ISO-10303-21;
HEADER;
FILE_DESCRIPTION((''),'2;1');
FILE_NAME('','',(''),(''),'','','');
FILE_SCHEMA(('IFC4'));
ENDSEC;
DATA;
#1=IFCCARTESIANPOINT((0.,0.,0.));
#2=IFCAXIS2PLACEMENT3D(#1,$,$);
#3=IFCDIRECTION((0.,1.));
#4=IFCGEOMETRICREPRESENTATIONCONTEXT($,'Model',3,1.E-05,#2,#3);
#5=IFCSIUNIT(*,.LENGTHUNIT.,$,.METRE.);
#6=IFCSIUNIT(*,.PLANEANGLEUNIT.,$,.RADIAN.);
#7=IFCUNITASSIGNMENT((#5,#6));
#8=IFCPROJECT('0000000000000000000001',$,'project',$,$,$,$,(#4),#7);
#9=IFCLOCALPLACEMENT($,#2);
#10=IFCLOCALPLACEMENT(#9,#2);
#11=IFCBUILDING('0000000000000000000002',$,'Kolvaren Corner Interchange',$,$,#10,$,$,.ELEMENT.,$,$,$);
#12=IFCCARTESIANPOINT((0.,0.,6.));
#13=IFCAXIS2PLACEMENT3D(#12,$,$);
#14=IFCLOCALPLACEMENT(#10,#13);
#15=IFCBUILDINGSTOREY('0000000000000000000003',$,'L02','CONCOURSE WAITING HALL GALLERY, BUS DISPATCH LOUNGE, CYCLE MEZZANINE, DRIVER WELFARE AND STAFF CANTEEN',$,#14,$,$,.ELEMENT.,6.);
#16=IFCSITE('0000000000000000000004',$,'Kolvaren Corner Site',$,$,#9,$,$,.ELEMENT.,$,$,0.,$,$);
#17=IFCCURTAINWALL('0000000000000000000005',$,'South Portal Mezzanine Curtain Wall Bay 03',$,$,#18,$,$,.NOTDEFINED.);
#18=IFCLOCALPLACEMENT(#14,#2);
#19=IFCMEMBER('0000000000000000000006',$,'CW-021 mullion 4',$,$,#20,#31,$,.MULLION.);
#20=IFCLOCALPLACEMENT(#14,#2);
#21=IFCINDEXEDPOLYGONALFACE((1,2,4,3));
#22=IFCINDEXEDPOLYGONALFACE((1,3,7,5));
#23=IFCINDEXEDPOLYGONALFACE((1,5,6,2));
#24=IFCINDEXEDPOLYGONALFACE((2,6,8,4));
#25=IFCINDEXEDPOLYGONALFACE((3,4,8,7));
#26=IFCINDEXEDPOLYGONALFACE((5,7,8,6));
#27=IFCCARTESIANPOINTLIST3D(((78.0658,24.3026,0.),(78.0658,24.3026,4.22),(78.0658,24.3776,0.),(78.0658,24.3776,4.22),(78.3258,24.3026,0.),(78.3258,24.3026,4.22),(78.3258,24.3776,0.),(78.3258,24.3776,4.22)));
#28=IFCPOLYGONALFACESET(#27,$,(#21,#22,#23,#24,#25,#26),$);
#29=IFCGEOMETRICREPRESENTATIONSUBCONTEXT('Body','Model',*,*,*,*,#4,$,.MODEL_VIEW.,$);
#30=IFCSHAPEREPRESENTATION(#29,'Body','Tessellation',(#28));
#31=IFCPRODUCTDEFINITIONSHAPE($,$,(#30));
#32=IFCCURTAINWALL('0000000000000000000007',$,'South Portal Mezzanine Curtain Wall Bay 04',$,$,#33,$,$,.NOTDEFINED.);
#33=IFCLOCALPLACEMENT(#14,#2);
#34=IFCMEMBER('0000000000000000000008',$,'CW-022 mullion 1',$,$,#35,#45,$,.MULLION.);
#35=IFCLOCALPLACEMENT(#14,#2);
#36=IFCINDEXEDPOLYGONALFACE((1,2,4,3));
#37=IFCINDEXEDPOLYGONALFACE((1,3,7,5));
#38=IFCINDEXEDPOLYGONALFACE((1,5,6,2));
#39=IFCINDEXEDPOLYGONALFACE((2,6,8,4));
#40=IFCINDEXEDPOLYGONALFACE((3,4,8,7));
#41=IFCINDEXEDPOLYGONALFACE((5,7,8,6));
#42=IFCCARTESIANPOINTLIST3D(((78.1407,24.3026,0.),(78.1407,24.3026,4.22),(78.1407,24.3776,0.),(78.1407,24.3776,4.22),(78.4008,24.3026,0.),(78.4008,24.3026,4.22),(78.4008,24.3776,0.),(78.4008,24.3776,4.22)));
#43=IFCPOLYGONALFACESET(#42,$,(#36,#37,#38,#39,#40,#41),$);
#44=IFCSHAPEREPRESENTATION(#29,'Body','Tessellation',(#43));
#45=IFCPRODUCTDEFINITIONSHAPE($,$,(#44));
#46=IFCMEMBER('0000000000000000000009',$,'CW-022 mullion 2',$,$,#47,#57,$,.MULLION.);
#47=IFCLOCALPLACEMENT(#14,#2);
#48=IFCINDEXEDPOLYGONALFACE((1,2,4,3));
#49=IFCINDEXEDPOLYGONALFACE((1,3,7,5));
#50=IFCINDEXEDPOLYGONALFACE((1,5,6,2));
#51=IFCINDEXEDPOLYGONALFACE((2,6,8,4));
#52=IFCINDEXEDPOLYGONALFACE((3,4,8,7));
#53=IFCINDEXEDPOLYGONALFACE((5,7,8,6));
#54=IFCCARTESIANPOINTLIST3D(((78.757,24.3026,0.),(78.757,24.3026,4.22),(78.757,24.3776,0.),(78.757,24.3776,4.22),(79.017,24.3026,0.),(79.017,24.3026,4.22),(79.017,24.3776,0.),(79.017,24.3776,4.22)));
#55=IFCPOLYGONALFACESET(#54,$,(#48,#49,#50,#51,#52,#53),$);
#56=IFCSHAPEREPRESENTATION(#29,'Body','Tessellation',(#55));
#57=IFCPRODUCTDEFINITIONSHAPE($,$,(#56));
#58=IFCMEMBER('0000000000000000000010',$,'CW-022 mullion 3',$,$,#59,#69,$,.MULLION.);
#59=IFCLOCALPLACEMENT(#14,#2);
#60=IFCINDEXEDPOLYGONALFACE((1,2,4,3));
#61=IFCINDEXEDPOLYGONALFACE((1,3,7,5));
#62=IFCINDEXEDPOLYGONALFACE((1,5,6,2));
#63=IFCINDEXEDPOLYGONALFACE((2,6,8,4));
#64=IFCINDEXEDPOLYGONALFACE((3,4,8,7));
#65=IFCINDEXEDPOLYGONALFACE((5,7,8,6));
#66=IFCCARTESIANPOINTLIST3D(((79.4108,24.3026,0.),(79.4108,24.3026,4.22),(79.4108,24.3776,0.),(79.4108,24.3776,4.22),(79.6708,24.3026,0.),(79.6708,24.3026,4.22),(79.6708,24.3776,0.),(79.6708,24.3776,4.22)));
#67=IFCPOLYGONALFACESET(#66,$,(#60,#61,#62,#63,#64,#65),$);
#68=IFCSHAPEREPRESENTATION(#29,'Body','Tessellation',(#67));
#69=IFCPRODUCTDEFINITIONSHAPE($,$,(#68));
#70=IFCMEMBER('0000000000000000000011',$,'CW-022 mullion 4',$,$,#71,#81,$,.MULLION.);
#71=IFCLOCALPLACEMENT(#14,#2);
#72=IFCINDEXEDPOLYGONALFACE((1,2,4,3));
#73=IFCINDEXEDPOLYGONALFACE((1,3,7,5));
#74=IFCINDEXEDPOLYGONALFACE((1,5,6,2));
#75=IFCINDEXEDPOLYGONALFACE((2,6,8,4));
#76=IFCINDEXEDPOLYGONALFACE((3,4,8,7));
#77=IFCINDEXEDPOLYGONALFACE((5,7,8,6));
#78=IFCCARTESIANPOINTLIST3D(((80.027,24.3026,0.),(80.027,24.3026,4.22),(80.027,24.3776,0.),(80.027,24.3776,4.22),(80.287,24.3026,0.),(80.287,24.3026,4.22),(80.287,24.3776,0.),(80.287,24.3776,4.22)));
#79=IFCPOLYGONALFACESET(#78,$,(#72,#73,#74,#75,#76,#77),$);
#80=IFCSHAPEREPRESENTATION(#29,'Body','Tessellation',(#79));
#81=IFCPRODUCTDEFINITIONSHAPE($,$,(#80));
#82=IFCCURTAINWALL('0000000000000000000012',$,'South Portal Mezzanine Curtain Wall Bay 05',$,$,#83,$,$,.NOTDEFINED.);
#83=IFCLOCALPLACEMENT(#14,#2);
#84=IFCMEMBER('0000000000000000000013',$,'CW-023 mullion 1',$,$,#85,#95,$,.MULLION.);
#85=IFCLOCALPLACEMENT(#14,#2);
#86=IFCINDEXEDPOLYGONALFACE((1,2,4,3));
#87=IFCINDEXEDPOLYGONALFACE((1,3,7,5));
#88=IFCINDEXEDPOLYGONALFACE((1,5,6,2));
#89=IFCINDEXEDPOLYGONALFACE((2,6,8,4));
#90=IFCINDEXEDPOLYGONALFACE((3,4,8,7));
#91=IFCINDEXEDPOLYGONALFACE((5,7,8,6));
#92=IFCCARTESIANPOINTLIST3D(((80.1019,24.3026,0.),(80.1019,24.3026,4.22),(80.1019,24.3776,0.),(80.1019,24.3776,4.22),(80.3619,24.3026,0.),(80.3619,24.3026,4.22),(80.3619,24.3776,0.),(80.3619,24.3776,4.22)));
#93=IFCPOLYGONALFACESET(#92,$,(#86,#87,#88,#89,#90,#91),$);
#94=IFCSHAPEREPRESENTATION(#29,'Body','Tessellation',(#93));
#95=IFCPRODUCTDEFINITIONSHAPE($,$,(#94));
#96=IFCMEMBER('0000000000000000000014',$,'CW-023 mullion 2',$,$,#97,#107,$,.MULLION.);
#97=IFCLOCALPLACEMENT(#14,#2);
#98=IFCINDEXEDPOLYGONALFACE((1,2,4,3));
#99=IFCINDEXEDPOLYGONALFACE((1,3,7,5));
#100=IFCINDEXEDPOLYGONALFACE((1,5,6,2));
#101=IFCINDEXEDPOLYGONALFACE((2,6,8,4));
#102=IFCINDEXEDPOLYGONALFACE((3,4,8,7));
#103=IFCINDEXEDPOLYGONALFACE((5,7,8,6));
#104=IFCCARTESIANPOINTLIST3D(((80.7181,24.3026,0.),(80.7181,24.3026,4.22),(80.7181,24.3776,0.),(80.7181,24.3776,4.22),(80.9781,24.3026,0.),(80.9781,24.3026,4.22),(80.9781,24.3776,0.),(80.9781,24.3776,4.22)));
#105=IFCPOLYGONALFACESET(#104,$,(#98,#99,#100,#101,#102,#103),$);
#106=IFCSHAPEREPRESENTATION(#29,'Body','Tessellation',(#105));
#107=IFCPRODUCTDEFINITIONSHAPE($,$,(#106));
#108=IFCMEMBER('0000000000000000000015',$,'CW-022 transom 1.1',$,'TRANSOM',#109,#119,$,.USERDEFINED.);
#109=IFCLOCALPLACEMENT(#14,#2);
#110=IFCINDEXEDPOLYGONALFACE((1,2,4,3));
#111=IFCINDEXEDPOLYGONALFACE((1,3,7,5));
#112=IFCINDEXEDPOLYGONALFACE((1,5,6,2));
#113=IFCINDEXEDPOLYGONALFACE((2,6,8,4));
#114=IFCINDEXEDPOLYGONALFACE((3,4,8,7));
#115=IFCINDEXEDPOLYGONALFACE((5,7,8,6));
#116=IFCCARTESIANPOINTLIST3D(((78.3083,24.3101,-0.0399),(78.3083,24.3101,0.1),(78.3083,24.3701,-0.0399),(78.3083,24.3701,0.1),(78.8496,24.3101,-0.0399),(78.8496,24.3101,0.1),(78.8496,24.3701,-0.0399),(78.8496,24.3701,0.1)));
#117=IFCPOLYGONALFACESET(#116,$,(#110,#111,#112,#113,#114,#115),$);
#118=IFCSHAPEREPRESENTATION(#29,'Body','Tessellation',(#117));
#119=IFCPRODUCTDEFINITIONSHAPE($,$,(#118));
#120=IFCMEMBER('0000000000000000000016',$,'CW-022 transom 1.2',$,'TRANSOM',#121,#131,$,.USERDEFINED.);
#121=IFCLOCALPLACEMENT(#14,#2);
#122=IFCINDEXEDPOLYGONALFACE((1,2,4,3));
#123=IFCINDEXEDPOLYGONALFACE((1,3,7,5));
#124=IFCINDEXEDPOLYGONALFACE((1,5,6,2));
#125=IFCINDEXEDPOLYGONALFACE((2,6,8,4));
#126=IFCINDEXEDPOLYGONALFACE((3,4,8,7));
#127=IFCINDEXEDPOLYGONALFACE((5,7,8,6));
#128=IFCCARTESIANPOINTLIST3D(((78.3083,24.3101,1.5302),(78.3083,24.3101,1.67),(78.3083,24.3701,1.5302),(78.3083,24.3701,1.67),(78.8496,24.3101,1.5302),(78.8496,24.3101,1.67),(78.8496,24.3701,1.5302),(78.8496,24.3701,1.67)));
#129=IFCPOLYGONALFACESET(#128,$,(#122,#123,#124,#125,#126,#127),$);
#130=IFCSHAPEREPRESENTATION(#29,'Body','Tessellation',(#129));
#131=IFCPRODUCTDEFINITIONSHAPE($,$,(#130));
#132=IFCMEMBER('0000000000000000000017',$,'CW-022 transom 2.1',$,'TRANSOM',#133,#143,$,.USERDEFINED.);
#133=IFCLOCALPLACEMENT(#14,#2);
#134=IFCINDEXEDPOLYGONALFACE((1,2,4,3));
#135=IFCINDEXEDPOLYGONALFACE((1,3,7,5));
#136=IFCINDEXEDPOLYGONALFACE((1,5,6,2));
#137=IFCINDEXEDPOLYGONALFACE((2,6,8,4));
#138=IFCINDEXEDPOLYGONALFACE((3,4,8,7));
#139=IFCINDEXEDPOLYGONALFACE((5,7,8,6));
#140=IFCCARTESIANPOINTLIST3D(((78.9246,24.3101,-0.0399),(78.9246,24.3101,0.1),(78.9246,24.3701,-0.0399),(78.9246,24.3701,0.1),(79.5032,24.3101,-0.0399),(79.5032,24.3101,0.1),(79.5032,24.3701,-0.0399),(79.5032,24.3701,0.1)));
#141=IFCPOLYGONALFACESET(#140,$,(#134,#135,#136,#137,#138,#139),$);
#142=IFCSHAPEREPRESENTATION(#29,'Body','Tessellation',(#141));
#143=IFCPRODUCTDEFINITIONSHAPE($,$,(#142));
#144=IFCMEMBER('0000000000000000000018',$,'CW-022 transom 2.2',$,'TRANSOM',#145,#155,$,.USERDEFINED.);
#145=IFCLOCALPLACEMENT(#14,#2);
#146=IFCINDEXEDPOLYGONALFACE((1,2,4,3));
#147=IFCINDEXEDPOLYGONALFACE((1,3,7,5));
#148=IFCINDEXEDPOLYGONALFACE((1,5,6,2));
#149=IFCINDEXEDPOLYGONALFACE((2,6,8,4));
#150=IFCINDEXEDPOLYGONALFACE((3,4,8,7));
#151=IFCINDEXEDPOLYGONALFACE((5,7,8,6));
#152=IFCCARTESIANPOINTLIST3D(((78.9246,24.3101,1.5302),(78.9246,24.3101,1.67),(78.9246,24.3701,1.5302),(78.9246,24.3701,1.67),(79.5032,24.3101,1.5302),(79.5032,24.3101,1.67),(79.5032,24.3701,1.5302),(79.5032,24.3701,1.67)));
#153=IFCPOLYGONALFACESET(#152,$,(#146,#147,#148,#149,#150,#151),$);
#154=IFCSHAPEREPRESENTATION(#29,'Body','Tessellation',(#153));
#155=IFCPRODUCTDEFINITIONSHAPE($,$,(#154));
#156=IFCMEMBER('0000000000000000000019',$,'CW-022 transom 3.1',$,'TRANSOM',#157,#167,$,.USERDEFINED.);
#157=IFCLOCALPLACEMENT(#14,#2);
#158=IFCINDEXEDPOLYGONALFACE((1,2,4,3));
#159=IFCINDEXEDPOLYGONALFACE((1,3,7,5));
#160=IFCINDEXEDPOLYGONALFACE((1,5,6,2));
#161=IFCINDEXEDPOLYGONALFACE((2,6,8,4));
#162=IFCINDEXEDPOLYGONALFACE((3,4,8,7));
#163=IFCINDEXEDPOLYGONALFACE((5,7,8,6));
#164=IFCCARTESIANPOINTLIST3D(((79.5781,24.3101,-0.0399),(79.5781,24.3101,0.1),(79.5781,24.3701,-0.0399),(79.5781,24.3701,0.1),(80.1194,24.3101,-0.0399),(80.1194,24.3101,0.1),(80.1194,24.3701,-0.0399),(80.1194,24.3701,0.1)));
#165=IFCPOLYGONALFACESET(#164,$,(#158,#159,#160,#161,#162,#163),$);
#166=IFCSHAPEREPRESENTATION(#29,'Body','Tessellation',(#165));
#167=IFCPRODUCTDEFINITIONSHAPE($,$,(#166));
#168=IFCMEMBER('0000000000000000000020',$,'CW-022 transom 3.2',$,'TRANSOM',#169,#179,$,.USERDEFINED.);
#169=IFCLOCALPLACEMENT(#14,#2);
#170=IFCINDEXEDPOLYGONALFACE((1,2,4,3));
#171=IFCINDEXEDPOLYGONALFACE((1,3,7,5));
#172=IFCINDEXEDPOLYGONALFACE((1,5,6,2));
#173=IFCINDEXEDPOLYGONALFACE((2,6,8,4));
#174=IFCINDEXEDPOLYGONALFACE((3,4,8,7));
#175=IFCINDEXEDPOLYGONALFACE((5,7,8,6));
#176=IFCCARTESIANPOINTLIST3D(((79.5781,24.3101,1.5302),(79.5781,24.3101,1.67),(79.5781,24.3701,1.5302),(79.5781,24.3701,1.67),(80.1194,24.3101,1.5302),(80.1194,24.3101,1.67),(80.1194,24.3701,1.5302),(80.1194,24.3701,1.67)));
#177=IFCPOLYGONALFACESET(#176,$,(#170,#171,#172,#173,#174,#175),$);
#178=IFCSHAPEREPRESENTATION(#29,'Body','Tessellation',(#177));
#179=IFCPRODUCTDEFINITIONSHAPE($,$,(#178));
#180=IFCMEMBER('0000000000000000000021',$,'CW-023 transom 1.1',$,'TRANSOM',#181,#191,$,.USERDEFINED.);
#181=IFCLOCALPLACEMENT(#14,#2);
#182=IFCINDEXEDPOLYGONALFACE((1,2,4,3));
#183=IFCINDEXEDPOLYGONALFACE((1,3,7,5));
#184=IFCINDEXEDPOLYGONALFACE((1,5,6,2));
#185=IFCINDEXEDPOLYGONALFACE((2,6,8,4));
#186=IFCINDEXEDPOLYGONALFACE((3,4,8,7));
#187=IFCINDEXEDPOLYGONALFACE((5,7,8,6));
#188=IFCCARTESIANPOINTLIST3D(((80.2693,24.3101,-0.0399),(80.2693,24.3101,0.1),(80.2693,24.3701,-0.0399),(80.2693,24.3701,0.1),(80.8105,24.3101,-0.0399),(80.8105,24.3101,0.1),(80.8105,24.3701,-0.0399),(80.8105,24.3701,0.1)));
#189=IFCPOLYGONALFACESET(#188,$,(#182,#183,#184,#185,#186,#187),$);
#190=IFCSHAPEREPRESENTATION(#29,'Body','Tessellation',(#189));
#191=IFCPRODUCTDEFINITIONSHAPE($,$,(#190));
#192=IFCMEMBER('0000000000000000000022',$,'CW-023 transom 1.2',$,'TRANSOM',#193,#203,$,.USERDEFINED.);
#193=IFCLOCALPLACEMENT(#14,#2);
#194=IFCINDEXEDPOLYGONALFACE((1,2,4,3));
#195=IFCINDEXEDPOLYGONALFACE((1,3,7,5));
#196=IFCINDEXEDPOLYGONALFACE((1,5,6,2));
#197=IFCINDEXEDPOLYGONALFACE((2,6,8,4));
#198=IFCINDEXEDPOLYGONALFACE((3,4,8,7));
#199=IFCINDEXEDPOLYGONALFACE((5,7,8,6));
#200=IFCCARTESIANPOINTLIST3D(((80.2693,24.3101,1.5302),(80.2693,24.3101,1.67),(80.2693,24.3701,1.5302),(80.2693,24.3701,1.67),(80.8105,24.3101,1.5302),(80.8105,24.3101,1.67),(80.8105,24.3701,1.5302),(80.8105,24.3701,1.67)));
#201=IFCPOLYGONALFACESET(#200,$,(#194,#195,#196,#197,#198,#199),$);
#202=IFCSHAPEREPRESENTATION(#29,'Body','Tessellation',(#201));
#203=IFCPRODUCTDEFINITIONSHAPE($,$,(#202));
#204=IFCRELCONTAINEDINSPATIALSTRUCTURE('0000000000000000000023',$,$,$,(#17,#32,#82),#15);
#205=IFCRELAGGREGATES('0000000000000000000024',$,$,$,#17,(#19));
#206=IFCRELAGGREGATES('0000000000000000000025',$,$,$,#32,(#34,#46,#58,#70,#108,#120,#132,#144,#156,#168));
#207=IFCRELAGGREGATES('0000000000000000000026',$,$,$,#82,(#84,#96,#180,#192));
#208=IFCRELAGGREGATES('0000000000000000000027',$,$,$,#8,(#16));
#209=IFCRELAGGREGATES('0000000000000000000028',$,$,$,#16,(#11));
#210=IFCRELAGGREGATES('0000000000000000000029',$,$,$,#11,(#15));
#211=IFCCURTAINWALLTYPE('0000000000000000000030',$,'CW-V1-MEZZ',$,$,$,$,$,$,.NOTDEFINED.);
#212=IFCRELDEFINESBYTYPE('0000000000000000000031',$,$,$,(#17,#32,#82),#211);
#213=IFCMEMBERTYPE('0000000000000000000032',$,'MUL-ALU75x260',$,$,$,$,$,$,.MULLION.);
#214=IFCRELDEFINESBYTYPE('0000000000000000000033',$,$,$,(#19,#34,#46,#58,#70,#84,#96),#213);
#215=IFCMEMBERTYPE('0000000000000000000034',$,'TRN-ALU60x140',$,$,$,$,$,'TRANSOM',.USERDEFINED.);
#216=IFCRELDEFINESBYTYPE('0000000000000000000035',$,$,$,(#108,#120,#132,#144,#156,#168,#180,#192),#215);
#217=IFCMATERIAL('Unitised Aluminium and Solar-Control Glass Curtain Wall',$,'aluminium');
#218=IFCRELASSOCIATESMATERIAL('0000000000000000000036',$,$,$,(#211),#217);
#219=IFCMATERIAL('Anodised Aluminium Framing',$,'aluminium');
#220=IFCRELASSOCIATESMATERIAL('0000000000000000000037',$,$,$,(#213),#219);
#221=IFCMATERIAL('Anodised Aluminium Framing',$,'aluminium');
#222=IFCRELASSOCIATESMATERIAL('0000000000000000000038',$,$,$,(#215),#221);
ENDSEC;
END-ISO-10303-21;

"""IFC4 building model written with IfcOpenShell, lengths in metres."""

from ifc_helpers import new_model, si_unit, direction, frame, origin, origin_2d, place, context, subcontext, project, spatial, rectangle, extrude, material, material_profile, profile_set, type_object, element, aggregate, save


model = new_model("IFC4")

# Units and contexts
model_context = context("Model", 3, precision=1e-05, world=origin(), true_north=direction((0.0, 1.0)))
body_context = subcontext(model_context, "Body", "Model", "MODEL_VIEW")
ifc_project = project(units=[si_unit("LENGTHUNIT", "METRE"), si_unit("PLANEANGLEUNIT", "RADIAN")], contexts=[model_context])

# Site, building, storey
site_placement = place(None, origin())
site = spatial("IfcSite", under=ifc_project, at=site_placement, Name="Kolvaren Corner Site", CompositionType="ELEMENT", RefElevation=0.0)
building_placement = place(site_placement, origin())
building = spatial("IfcBuilding", under=site, at=building_placement, Name="Kolvaren Corner Interchange", CompositionType="ELEMENT")
storey_placement = place(building_placement, frame((0.0, 0.0, 6.0)))
storey = spatial("IfcBuildingStorey", under=building, at=storey_placement, Name="L02", Description="CONCOURSE WAITING HALL GALLERY, BUS DISPATCH LOUNGE, CYCLE MEZZANINE, DRIVER WELFARE AND STAFF CANTEEN", CompositionType="ELEMENT", Elevation=6.0)

# Curtain wall, member
ifc_material_1 = material(Name="Unitised Aluminium and Solar-Control Glass Curtain Wall", Category="aluminium")
curtain_wall_type = type_object("IfcCurtainWallType", Name="CW-V1-MEZZ", PredefinedType="NOTDEFINED", material=ifc_material_1)
curtain_wall_1_placement = place(storey_placement, origin())
curtain_wall_1 = element("IfcCurtainWall", 1, at=curtain_wall_1_placement, inside=storey, type_object=curtain_wall_type, Name="South Portal Mezzanine Curtain Wall Bay 03", PredefinedType="NOTDEFINED")
ifc_material_2 = material(Name="Anodised Aluminium Framing", Category="aluminium")
ifc_material_profile_1 = material_profile(ifc_material_2, rectangle(XDim=0.075, YDim=0.26, at=origin_2d()), Name="ALU 75x260")
ifc_profile_set_1 = profile_set([ifc_material_profile_1], Name="Anodised Aluminium Framing")
member_type_1 = type_object("IfcMemberType", Name="MUL-ALU75x260", PredefinedType="MULLION", material=ifc_profile_set_1)
member_1_placement = place(storey_placement, frame((78.1958, 24.3401, 0.0), z_axis=(0.0, 0.0, 1.0), x_axis=(0.0, 1.0, 0.0)))
member_1 = element("IfcMember", 2, at=member_1_placement, type_object=member_type_1, Name="CW-021 mullion 4", PredefinedType="MULLION", context=body_context, shape_type="SweptSolid", body=[
    extrude(rectangle(XDim=0.075, YDim=0.26, at=origin_2d()), origin(), (0.0, 0.0, 1.0), 4.22),
])

# Curtain walls, members
curtain_wall_2_placement = place(storey_placement, origin())
curtain_wall_2 = element("IfcCurtainWall", 3, at=curtain_wall_2_placement, inside=storey, type_object=curtain_wall_type, Name="South Portal Mezzanine Curtain Wall Bay 04", PredefinedType="NOTDEFINED")
member_2_placement = place(storey_placement, frame((78.2708, 24.3401, 0.0), z_axis=(0.0, 0.0, 1.0), x_axis=(0.0, 1.0, 0.0)))
member_2 = element("IfcMember", 4, at=member_2_placement, type_object=member_type_1, Name="CW-022 mullion 1", PredefinedType="MULLION", context=body_context, shape_type="SweptSolid", body=[
    extrude(rectangle(XDim=0.075, YDim=0.26, at=origin_2d()), origin(), (0.0, 0.0, 1.0), 4.22),
])
member_3_placement = place(storey_placement, frame((78.887, 24.3401, 0.0), z_axis=(0.0, 0.0, 1.0), x_axis=(0.0, 1.0, 0.0)))
member_3 = element("IfcMember", 5, at=member_3_placement, type_object=member_type_1, Name="CW-022 mullion 2", PredefinedType="MULLION", context=body_context, shape_type="SweptSolid", body=[
    extrude(rectangle(XDim=0.075, YDim=0.26, at=origin_2d()), origin(), (0.0, 0.0, 1.0), 4.22),
])
member_4_placement = place(storey_placement, frame((79.5408, 24.3401, 0.0), z_axis=(0.0, 0.0, 1.0), x_axis=(0.0, 1.0, 0.0)))
member_4 = element("IfcMember", 6, at=member_4_placement, type_object=member_type_1, Name="CW-022 mullion 3", PredefinedType="MULLION", context=body_context, shape_type="SweptSolid", body=[
    extrude(rectangle(XDim=0.075, YDim=0.26, at=origin_2d()), origin(), (0.0, 0.0, 1.0), 4.22),
])
member_5_placement = place(storey_placement, frame((80.157, 24.3401, 0.0), z_axis=(0.0, 0.0, 1.0), x_axis=(0.0, 1.0, 0.0)))
member_5 = element("IfcMember", 7, at=member_5_placement, type_object=member_type_1, Name="CW-022 mullion 4", PredefinedType="MULLION", context=body_context, shape_type="SweptSolid", body=[
    extrude(rectangle(XDim=0.075, YDim=0.26, at=origin_2d()), origin(), (0.0, 0.0, 1.0), 4.22),
])
curtain_wall_3_placement = place(storey_placement, origin())
curtain_wall_3 = element("IfcCurtainWall", 8, at=curtain_wall_3_placement, inside=storey, type_object=curtain_wall_type, Name="South Portal Mezzanine Curtain Wall Bay 05", PredefinedType="NOTDEFINED")
member_6_placement = place(storey_placement, frame((80.2319, 24.3401, 0.0), z_axis=(0.0, 0.0, 1.0), x_axis=(0.0, 1.0, 0.0)))
member_6 = element("IfcMember", 9, at=member_6_placement, type_object=member_type_1, Name="CW-023 mullion 1", PredefinedType="MULLION", context=body_context, shape_type="SweptSolid", body=[
    extrude(rectangle(XDim=0.075, YDim=0.26, at=origin_2d()), origin(), (0.0, 0.0, 1.0), 4.22),
])
member_7_placement = place(storey_placement, frame((80.8481, 24.3401, 0.0), z_axis=(0.0, 0.0, 1.0), x_axis=(0.0, 1.0, 0.0)))
member_7 = element("IfcMember", 10, at=member_7_placement, type_object=member_type_1, Name="CW-023 mullion 2", PredefinedType="MULLION", context=body_context, shape_type="SweptSolid", body=[
    extrude(rectangle(XDim=0.075, YDim=0.26, at=origin_2d()), origin(), (0.0, 0.0, 1.0), 4.22),
])

# Members
ifc_material_3 = material(Name="Anodised Aluminium Framing", Category="aluminium")
ifc_material_profile_2 = material_profile(ifc_material_3, rectangle(XDim=0.0601, YDim=0.1399, at=origin_2d()), Name="ALU 60x140")
ifc_profile_set_2 = profile_set([ifc_material_profile_2], Name="Anodised Aluminium Framing")
member_type_2 = type_object("IfcMemberType", Name="TRN-ALU60x140", ElementType="TRANSOM", PredefinedType="USERDEFINED", material=ifc_profile_set_2)
member_8_placement = place(storey_placement, frame((78.3083, 24.3401, 0.03), z_axis=(1.0, 0.0, 0.0), x_axis=(0.0, 1.0, 0.0)))
member_8 = element("IfcMember", 11, at=member_8_placement, type_object=member_type_2, Name="CW-022 transom 1.1", ObjectType="TRANSOM", PredefinedType="USERDEFINED", context=body_context, shape_type="SweptSolid", body=[
    extrude(rectangle(XDim=0.0601, YDim=0.1399, at=origin_2d()), origin(), (0.0, 0.0, 1.0), 0.5413),
])
member_9_placement = place(storey_placement, frame((78.3083, 24.3401, 1.6001), z_axis=(1.0, 0.0, 0.0), x_axis=(0.0, 1.0, 0.0)))
member_9 = element("IfcMember", 12, at=member_9_placement, type_object=member_type_2, Name="CW-022 transom 1.2", ObjectType="TRANSOM", PredefinedType="USERDEFINED", context=body_context, shape_type="SweptSolid", body=[
    extrude(rectangle(XDim=0.0601, YDim=0.1399, at=origin_2d()), origin(), (0.0, 0.0, 1.0), 0.5413),
])
member_10_placement = place(storey_placement, frame((78.9246, 24.3401, 0.03), z_axis=(1.0, 0.0, 0.0), x_axis=(0.0, 1.0, 0.0)))
member_10 = element("IfcMember", 13, at=member_10_placement, type_object=member_type_2, Name="CW-022 transom 2.1", ObjectType="TRANSOM", PredefinedType="USERDEFINED", context=body_context, shape_type="SweptSolid", body=[
    extrude(rectangle(XDim=0.0601, YDim=0.1399, at=origin_2d()), origin(), (0.0, 0.0, 1.0), 0.5786),
])
member_11_placement = place(storey_placement, frame((78.9246, 24.3401, 1.6001), z_axis=(1.0, 0.0, 0.0), x_axis=(0.0, 1.0, 0.0)))
member_11 = element("IfcMember", 14, at=member_11_placement, type_object=member_type_2, Name="CW-022 transom 2.2", ObjectType="TRANSOM", PredefinedType="USERDEFINED", context=body_context, shape_type="SweptSolid", body=[
    extrude(rectangle(XDim=0.0601, YDim=0.1399, at=origin_2d()), origin(), (0.0, 0.0, 1.0), 0.5786),
])
member_12_placement = place(storey_placement, frame((79.5781, 24.3401, 0.03), z_axis=(1.0, 0.0, 0.0), x_axis=(0.0, 1.0, 0.0)))
member_12 = element("IfcMember", 15, at=member_12_placement, type_object=member_type_2, Name="CW-022 transom 3.1", ObjectType="TRANSOM", PredefinedType="USERDEFINED", context=body_context, shape_type="SweptSolid", body=[
    extrude(rectangle(XDim=0.0601, YDim=0.1399, at=origin_2d()), origin(), (0.0, 0.0, 1.0), 0.5413),
])
member_13_placement = place(storey_placement, frame((79.5781, 24.3401, 1.6001), z_axis=(1.0, 0.0, 0.0), x_axis=(0.0, 1.0, 0.0)))
member_13 = element("IfcMember", 16, at=member_13_placement, type_object=member_type_2, Name="CW-022 transom 3.2", ObjectType="TRANSOM", PredefinedType="USERDEFINED", context=body_context, shape_type="SweptSolid", body=[
    extrude(rectangle(XDim=0.0601, YDim=0.1399, at=origin_2d()), origin(), (0.0, 0.0, 1.0), 0.5413),
])
member_14_placement = place(storey_placement, frame((80.2693, 24.3401, 0.03), z_axis=(1.0, 0.0, 0.0), x_axis=(0.0, 1.0, 0.0)))
member_14 = element("IfcMember", 17, at=member_14_placement, type_object=member_type_2, Name="CW-023 transom 1.1", ObjectType="TRANSOM", PredefinedType="USERDEFINED", context=body_context, shape_type="SweptSolid", body=[
    extrude(rectangle(XDim=0.0601, YDim=0.1399, at=origin_2d()), origin(), (0.0, 0.0, 1.0), 0.5413),
])
member_15_placement = place(storey_placement, frame((80.2693, 24.3401, 1.6001), z_axis=(1.0, 0.0, 0.0), x_axis=(0.0, 1.0, 0.0)))
member_15 = element("IfcMember", 18, at=member_15_placement, type_object=member_type_2, Name="CW-023 transom 1.2", ObjectType="TRANSOM", PredefinedType="USERDEFINED", context=body_context, shape_type="SweptSolid", body=[
    extrude(rectangle(XDim=0.0601, YDim=0.1399, at=origin_2d()), origin(), (0.0, 0.0, 1.0), 0.5413),
])

aggregate(curtain_wall_1, [member_1])
aggregate(curtain_wall_2, [member_2, member_3, member_4, member_5, member_8, member_9, member_10, member_11, member_12, member_13])
aggregate(curtain_wall_3, [member_6, member_7, member_14, member_15])

save(model, "model.ifc")
